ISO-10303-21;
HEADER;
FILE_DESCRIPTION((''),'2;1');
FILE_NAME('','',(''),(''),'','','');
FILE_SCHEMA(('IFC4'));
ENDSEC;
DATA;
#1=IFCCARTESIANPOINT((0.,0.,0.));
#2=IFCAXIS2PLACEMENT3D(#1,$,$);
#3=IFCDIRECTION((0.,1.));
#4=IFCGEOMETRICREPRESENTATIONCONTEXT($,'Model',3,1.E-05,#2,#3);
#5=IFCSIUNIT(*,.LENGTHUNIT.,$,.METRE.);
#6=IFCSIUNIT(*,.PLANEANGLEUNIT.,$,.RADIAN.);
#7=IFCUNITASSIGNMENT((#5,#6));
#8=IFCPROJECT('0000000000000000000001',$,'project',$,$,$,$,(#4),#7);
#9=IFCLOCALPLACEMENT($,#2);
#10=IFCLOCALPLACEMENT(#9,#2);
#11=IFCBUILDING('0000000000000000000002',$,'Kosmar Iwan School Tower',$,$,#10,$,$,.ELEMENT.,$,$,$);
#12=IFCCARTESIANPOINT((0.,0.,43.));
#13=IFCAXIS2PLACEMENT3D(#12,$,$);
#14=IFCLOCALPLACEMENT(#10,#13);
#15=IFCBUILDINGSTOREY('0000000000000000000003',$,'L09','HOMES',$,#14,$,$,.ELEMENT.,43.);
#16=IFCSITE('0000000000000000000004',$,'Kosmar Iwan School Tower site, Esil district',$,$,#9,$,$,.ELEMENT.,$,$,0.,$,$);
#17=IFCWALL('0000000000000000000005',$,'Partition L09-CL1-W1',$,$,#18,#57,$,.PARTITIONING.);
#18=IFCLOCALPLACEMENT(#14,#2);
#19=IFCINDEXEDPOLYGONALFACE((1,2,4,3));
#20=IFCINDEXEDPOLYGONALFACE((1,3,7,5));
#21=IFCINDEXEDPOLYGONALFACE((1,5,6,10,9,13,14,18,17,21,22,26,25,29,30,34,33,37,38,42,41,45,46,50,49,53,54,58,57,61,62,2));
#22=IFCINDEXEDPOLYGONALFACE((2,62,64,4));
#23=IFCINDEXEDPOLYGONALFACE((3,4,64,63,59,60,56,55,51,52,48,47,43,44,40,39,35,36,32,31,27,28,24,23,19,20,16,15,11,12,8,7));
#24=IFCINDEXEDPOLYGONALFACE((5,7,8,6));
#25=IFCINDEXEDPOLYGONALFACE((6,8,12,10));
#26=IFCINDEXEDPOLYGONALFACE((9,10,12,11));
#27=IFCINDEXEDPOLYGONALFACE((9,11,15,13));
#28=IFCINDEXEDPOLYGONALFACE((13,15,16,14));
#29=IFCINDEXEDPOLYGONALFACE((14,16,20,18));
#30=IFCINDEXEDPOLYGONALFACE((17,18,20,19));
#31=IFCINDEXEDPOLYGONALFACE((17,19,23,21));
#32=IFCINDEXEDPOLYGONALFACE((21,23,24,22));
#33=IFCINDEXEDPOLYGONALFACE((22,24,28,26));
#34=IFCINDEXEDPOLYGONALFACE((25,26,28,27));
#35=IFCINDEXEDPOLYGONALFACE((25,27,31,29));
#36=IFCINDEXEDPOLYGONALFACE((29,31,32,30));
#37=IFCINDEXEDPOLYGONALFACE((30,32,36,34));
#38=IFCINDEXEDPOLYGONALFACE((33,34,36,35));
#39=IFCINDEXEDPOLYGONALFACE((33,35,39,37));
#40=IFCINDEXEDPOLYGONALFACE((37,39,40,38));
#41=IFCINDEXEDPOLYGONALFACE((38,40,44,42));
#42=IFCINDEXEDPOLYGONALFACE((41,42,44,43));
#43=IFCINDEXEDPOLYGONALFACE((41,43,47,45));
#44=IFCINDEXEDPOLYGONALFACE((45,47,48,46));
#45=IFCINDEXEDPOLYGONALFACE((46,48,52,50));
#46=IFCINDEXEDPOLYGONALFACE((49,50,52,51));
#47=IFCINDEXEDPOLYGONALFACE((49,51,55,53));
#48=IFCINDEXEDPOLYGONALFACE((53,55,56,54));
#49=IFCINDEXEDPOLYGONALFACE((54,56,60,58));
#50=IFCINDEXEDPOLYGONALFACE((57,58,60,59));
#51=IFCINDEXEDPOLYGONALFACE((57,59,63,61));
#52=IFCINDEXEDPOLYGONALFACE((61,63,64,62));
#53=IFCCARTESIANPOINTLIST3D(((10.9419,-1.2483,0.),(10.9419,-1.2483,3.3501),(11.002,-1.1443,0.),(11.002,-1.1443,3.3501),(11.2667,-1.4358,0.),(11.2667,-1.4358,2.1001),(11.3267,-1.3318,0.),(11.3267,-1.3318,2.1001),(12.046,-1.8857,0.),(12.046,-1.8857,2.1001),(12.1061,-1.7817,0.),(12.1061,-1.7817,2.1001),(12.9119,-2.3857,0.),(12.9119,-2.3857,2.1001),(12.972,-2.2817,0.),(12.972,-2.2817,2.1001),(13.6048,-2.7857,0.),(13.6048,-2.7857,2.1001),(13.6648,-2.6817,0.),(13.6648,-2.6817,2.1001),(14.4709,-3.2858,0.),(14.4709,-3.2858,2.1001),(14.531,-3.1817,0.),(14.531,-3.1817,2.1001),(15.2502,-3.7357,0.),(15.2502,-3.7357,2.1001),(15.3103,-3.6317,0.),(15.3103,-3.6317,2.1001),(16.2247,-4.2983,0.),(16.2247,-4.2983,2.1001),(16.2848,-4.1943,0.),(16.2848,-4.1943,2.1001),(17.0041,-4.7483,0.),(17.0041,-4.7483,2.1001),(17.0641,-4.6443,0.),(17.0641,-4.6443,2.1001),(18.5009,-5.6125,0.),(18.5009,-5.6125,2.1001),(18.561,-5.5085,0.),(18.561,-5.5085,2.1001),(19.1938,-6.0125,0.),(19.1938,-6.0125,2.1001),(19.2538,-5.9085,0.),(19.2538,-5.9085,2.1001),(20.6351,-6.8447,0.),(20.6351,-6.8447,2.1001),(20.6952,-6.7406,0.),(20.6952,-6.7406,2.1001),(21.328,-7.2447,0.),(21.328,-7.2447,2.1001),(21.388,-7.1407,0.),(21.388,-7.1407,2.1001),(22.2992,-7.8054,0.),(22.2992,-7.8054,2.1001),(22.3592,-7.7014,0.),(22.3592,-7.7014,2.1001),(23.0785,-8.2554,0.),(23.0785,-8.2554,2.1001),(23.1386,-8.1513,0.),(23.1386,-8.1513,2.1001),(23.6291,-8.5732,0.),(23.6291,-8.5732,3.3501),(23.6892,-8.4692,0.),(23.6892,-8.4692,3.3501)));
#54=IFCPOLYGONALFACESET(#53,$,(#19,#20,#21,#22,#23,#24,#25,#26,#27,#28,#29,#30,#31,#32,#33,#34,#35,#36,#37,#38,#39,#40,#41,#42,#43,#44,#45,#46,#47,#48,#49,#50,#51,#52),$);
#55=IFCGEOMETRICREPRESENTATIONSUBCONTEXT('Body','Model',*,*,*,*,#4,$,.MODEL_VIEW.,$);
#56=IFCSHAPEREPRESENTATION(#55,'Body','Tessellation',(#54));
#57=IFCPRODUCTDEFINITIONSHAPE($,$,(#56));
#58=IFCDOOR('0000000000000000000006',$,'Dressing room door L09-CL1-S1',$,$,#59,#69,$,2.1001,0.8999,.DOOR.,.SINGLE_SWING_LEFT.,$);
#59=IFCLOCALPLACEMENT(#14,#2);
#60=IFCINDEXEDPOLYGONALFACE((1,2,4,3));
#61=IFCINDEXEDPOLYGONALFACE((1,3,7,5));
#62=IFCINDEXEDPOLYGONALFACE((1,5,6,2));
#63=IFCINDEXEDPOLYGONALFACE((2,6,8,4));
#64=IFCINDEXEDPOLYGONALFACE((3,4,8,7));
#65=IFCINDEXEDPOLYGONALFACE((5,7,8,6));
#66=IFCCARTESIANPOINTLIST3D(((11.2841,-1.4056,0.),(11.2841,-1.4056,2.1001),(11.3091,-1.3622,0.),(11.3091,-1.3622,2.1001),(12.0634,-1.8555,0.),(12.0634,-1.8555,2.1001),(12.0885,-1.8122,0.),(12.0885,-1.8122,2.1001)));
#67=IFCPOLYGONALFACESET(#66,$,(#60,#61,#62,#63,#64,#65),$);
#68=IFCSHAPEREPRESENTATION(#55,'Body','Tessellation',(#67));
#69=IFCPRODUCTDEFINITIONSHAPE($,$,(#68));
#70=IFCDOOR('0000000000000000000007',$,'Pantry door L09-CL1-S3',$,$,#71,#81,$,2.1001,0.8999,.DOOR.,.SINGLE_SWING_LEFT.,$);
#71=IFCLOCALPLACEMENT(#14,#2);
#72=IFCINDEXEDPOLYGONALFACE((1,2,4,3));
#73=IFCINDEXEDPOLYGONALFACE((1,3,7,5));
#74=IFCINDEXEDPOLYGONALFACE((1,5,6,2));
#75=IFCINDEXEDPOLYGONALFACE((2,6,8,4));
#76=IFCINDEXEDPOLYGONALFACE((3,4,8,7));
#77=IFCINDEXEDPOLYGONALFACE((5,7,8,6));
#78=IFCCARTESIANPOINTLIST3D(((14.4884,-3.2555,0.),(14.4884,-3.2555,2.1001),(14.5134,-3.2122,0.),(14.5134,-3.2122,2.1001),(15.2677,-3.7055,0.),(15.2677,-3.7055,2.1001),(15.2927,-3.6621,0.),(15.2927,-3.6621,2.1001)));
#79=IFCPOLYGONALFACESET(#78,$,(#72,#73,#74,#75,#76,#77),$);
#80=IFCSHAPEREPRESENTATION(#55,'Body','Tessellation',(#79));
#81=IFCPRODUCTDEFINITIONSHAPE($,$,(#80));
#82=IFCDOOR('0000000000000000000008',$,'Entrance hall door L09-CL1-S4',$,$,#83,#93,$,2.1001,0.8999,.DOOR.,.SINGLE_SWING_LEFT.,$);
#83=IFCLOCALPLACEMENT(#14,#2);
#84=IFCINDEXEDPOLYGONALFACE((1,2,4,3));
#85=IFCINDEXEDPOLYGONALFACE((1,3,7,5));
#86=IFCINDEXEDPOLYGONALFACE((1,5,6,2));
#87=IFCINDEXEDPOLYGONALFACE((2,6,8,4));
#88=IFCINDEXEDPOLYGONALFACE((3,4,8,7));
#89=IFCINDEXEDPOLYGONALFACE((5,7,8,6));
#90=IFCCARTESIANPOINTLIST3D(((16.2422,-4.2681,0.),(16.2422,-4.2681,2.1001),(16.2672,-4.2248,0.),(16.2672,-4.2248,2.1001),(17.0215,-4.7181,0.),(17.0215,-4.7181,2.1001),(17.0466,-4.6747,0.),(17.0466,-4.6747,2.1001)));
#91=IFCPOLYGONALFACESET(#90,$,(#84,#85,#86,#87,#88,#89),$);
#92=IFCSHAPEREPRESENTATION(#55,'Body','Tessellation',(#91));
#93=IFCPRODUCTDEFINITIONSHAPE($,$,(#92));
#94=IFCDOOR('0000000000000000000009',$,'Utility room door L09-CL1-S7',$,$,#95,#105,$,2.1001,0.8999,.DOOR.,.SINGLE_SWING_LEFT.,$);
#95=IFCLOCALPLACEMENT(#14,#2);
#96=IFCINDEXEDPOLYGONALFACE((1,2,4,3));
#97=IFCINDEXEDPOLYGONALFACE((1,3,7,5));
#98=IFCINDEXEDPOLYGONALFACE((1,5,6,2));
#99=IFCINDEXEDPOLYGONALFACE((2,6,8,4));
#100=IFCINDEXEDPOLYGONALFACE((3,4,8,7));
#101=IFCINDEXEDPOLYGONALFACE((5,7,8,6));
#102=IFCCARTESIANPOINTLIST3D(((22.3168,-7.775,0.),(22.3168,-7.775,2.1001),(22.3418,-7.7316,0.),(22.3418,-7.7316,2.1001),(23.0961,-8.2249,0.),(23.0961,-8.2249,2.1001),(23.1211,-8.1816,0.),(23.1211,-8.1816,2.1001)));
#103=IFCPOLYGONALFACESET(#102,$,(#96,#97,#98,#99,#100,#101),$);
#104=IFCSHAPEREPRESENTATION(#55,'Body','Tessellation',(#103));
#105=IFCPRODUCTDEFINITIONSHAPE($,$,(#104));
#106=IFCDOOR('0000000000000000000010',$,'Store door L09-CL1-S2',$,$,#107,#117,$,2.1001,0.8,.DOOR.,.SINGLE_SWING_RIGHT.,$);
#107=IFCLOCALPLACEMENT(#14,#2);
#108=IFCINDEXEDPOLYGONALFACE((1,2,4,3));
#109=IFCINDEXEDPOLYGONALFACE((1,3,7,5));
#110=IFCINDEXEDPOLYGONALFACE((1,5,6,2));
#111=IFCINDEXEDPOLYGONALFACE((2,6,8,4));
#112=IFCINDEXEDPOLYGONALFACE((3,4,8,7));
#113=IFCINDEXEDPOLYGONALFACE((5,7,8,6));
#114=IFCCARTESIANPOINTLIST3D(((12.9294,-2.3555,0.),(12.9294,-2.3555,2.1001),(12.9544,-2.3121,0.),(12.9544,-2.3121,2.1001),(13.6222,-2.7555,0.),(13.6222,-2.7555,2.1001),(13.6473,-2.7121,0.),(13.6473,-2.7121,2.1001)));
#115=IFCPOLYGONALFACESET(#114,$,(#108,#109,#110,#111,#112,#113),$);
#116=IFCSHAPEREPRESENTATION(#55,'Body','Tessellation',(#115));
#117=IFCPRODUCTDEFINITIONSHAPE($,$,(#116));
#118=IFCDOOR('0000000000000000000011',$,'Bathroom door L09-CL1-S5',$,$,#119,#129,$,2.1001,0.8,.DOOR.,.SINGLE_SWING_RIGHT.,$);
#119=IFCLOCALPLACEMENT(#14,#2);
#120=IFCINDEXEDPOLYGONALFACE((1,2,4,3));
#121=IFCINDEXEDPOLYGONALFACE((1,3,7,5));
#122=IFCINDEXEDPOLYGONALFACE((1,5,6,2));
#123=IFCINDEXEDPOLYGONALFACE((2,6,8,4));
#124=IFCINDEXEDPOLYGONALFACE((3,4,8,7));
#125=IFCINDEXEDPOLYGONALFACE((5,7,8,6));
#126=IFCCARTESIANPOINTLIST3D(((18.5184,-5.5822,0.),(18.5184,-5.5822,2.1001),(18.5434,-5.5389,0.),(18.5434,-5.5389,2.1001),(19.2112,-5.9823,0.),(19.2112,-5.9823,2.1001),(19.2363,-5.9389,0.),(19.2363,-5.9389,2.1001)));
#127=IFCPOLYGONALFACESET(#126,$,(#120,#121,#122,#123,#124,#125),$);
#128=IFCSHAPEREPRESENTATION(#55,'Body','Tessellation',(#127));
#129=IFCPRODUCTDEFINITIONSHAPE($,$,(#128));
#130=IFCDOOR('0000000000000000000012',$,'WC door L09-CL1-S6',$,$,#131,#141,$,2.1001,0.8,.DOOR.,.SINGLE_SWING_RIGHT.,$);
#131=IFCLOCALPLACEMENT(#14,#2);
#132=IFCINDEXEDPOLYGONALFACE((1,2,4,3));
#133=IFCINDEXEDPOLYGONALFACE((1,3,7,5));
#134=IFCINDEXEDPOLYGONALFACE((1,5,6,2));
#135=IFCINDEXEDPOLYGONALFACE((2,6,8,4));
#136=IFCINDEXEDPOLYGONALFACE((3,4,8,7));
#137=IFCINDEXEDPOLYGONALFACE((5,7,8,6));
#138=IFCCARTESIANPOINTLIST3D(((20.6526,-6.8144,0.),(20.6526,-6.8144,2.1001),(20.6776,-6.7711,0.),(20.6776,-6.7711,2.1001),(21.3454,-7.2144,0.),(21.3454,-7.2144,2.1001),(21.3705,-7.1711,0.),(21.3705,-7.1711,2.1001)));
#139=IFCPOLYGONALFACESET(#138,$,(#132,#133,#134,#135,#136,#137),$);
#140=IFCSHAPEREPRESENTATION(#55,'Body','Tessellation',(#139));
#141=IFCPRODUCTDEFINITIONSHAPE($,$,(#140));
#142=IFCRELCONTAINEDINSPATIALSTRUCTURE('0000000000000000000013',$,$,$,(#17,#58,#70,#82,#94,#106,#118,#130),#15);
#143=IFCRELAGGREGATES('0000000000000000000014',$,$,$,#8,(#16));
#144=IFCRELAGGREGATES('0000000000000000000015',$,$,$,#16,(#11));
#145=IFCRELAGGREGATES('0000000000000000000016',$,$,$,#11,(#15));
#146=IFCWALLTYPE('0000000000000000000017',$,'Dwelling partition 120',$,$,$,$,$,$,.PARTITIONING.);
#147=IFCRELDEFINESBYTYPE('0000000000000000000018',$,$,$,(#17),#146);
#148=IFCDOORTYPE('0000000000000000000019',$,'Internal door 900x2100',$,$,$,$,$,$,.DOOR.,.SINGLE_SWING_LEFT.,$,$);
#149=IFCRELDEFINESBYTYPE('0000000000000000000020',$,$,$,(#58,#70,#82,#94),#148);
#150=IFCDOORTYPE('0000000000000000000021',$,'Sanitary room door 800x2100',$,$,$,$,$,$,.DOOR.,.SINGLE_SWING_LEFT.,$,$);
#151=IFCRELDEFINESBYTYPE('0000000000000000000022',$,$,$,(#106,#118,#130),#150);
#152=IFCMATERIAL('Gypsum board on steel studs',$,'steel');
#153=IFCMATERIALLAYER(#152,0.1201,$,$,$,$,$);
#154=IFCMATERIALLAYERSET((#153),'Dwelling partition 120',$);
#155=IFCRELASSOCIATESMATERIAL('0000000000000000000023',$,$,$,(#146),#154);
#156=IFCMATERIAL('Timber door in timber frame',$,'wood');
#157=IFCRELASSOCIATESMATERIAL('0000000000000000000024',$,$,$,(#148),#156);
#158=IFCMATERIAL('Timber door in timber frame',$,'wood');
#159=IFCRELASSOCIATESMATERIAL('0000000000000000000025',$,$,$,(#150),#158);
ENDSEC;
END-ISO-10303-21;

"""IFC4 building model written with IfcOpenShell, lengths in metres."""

from ifc_helpers import new_model, si_unit, direction, frame, frame_2d, origin, place, context, subcontext, project, spatial, rectangle, extrude, material, layer, layer_set, type_object, element, fill, save


model = new_model("IFC4")

# Units and contexts
model_context = context("Model", 3, precision=1e-05, world=origin(), true_north=direction((0.0, 1.0)))
body_context = subcontext(model_context, "Body", "Model", "MODEL_VIEW")
ifc_project = project(units=[si_unit("LENGTHUNIT", "METRE"), si_unit("PLANEANGLEUNIT", "RADIAN")], contexts=[model_context])

# Site, building, storey
site_placement = place(None, origin())
site = spatial("IfcSite", under=ifc_project, at=site_placement, Name="Kosmar Iwan School Tower site, Esil district", CompositionType="ELEMENT", RefElevation=0.0)
building_placement = place(site_placement, origin())
building = spatial("IfcBuilding", under=site, at=building_placement, Name="Kosmar Iwan School Tower", CompositionType="ELEMENT")
storey_placement = place(building_placement, frame((0.0, 0.0, 43.0)))
storey = spatial("IfcBuildingStorey", under=building, at=storey_placement, Name="L09", Description="HOMES", CompositionType="ELEMENT", Elevation=43.0)

# Wall, openings, doors
ifc_material_1 = material(Name="Gypsum board on steel studs", Category="steel")
ifc_layer_1 = layer(ifc_material_1, 0.1201)
ifc_layer_set_1 = layer_set([ifc_layer_1], Name="Dwelling partition 120")
wall_type_1 = type_object("IfcWallType", Name="Dwelling partition 120", PredefinedType="PARTITIONING", material=ifc_layer_set_1)
wall_1_placement = place(storey_placement, frame((10.9719, -1.1963, 0.0), z_axis=(0.0, 0.0, 1.0), x_axis=(0.866027, -0.499998, 0.0)))
wall_1 = element("IfcWall", 1, at=wall_1_placement, inside=storey, type_object=wall_type_1, Name="Partition L09-CL1-W1", PredefinedType="PARTITIONING", context=body_context, shape_type="SweptSolid", body=[
    extrude(rectangle(XDim=14.6499, YDim=0.1201, at=frame_2d((7.325, 0.0))), origin(), (0.0, 0.0, 1.0), 3.3501),
])
opening_1_placement = place(wall_1_placement, frame((0.375, 0.0, 0.0)))
opening_1 = element("IfcOpeningElement", 2, at=opening_1_placement, cuts=wall_1, PredefinedType="OPENING", context=body_context, shape_type="SweptSolid", body=[
    extrude(rectangle(XDim=0.8999, YDim=2.1001, at=frame_2d((0.45, 1.05))), frame((0.0, 0.072, 0.0), z_axis=(0.0, -1.0, 0.0), x_axis=(1.0, 0.0, 0.0)), (0.0, 0.0, 1.0), 0.144),
])
opening_2_placement = place(wall_1_placement, frame((2.2749, 0.0, 0.0)))
opening_2 = element("IfcOpeningElement", 3, at=opening_2_placement, cuts=wall_1, PredefinedType="OPENING", context=body_context, shape_type="SweptSolid", body=[
    extrude(rectangle(XDim=0.8, YDim=2.1001, at=frame_2d((0.3999, 1.05))), frame((0.0, 0.072, 0.0), z_axis=(0.0, -1.0, 0.0), x_axis=(1.0, 0.0, 0.0)), (0.0, 0.0, 1.0), 0.144),
])
opening_3_placement = place(wall_1_placement, frame((4.075, 0.0, 0.0)))
opening_3 = element("IfcOpeningElement", 4, at=opening_3_placement, cuts=wall_1, PredefinedType="OPENING", context=body_context, shape_type="SweptSolid", body=[
    extrude(rectangle(XDim=0.8999, YDim=2.1001, at=frame_2d((0.45, 1.05))), frame((0.0, 0.072, 0.0), z_axis=(0.0, -1.0, 0.0), x_axis=(1.0, 0.0, 0.0)), (0.0, 0.0, 1.0), 0.144),
])
opening_4_placement = place(wall_1_placement, frame((6.1001, 0.0, 0.0)))
opening_4 = element("IfcOpeningElement", 5, at=opening_4_placement, cuts=wall_1, PredefinedType="OPENING", context=body_context, shape_type="SweptSolid", body=[
    extrude(rectangle(XDim=0.8999, YDim=2.1001, at=frame_2d((0.45, 1.05))), frame((0.0, 0.072, 0.0), z_axis=(0.0, -1.0, 0.0), x_axis=(1.0, 0.0, 0.0)), (0.0, 0.0, 1.0), 0.144),
])
opening_5_placement = place(wall_1_placement, frame((8.7285, 0.0, 0.0)))
opening_5 = element("IfcOpeningElement", 6, at=opening_5_placement, cuts=wall_1, PredefinedType="OPENING", context=body_context, shape_type="SweptSolid", body=[
    extrude(rectangle(XDim=0.8, YDim=2.1001, at=frame_2d((0.3999, 1.05))), frame((0.0, 0.072, 0.0), z_axis=(0.0, -1.0, 0.0), x_axis=(1.0, 0.0, 0.0)), (0.0, 0.0, 1.0), 0.144),
])
opening_6_placement = place(wall_1_placement, frame((11.1929, 0.0, 0.0)))
opening_6 = element("IfcOpeningElement", 7, at=opening_6_placement, cuts=wall_1, PredefinedType="OPENING", context=body_context, shape_type="SweptSolid", body=[
    extrude(rectangle(XDim=0.8, YDim=2.1001, at=frame_2d((0.3999, 1.05))), frame((0.0, 0.072, 0.0), z_axis=(0.0, -1.0, 0.0), x_axis=(1.0, 0.0, 0.0)), (0.0, 0.0, 1.0), 0.144),
])
opening_7_placement = place(wall_1_placement, frame((13.1143, 0.0, 0.0)))
opening_7 = element("IfcOpeningElement", 8, at=opening_7_placement, cuts=wall_1, PredefinedType="OPENING", context=body_context, shape_type="SweptSolid", body=[
    extrude(rectangle(XDim=0.8999, YDim=2.1001, at=frame_2d((0.45, 1.05))), frame((0.0, 0.072, 0.0), z_axis=(0.0, -1.0, 0.0), x_axis=(1.0, 0.0, 0.0)), (0.0, 0.0, 1.0), 0.144),
])
ifc_material_2 = material(Name="Timber door in timber frame", Category="wood")
door_type_1 = type_object("IfcDoorType", Name="Internal door 900x2100", OperationType="SINGLE_SWING_LEFT", PredefinedType="DOOR", material=ifc_material_2)
door_1_placement = place(opening_1_placement, origin())
door_1 = element("IfcDoor", 9, at=door_1_placement, inside=storey, type_object=door_type_1, Name="Dressing room door L09-CL1-S1", OperationType="SINGLE_SWING_LEFT", OverallHeight=2.1001, OverallWidth=0.8999, PredefinedType="DOOR", context=body_context, shape_type="SweptSolid", body=[
    extrude(rectangle(XDim=0.8999, YDim=2.1001, at=frame_2d((0.45, 1.05))), frame((0.0, 0.0249, 0.0), z_axis=(0.0, -1.0, 0.0), x_axis=(1.0, 0.0, 0.0)), (0.0, 0.0, 1.0), 0.05),
])
fill(opening_1, door_1)
door_2_placement = place(opening_3_placement, origin())
door_2 = element("IfcDoor", 10, at=door_2_placement, inside=storey, type_object=door_type_1, Name="Pantry door L09-CL1-S3", OperationType="SINGLE_SWING_LEFT", OverallHeight=2.1001, OverallWidth=0.8999, PredefinedType="DOOR", context=body_context, shape_type="SweptSolid", body=[
    extrude(rectangle(XDim=0.8999, YDim=2.1001, at=frame_2d((0.45, 1.05))), frame((0.0, 0.0249, 0.0), z_axis=(0.0, -1.0, 0.0), x_axis=(1.0, 0.0, 0.0)), (0.0, 0.0, 1.0), 0.05),
])
fill(opening_3, door_2)
door_3_placement = place(opening_4_placement, origin())
door_3 = element("IfcDoor", 11, at=door_3_placement, inside=storey, type_object=door_type_1, Name="Entrance hall door L09-CL1-S4", OperationType="SINGLE_SWING_LEFT", OverallHeight=2.1001, OverallWidth=0.8999, PredefinedType="DOOR", context=body_context, shape_type="SweptSolid", body=[
    extrude(rectangle(XDim=0.8999, YDim=2.1001, at=frame_2d((0.45, 1.05))), frame((0.0, 0.0249, 0.0), z_axis=(0.0, -1.0, 0.0), x_axis=(1.0, 0.0, 0.0)), (0.0, 0.0, 1.0), 0.05),
])
fill(opening_4, door_3)
door_4_placement = place(opening_7_placement, frame((0.8999, 0.0, 0.0), z_axis=(0.0, 0.0, 1.0), x_axis=(-1.0, 0.0, 0.0)))
door_4 = element("IfcDoor", 12, at=door_4_placement, inside=storey, type_object=door_type_1, Name="Utility room door L09-CL1-S7", OperationType="SINGLE_SWING_LEFT", OverallHeight=2.1001, OverallWidth=0.8999, PredefinedType="DOOR", context=body_context, shape_type="SweptSolid", body=[
    extrude(rectangle(XDim=0.8999, YDim=2.1001, at=frame_2d((0.45, 1.05))), frame((0.0, 0.0249, 0.0), z_axis=(0.0, -1.0, 0.0), x_axis=(1.0, 0.0, 0.0)), (0.0, 0.0, 1.0), 0.05),
])
fill(opening_7, door_4)
ifc_material_3 = material(Name="Timber door in timber frame", Category="wood")
door_type_2 = type_object("IfcDoorType", Name="Sanitary room door 800x2100", OperationType="SINGLE_SWING_LEFT", PredefinedType="DOOR", material=ifc_material_3)
door_5_placement = place(opening_2_placement, origin())
door_5 = element("IfcDoor", 13, at=door_5_placement, inside=storey, type_object=door_type_2, Name="Store door L09-CL1-S2", OperationType="SINGLE_SWING_RIGHT", OverallHeight=2.1001, OverallWidth=0.8, PredefinedType="DOOR", context=body_context, shape_type="SweptSolid", body=[
    extrude(rectangle(XDim=0.8, YDim=2.1001, at=frame_2d((0.3999, 1.05))), frame((0.0, 0.0249, 0.0), z_axis=(0.0, -1.0, 0.0), x_axis=(1.0, 0.0, 0.0)), (0.0, 0.0, 1.0), 0.05),
])
fill(opening_2, door_5)
door_6_placement = place(opening_5_placement, origin())
door_6 = element("IfcDoor", 14, at=door_6_placement, inside=storey, type_object=door_type_2, Name="Bathroom door L09-CL1-S5", OperationType="SINGLE_SWING_RIGHT", OverallHeight=2.1001, OverallWidth=0.8, PredefinedType="DOOR", context=body_context, shape_type="SweptSolid", body=[
    extrude(rectangle(XDim=0.8, YDim=2.1001, at=frame_2d((0.3999, 1.05))), frame((0.0, 0.0249, 0.0), z_axis=(0.0, -1.0, 0.0), x_axis=(1.0, 0.0, 0.0)), (0.0, 0.0, 1.0), 0.05),
])
fill(opening_5, door_6)
door_7_placement = place(opening_6_placement, origin())
door_7 = element("IfcDoor", 15, at=door_7_placement, inside=storey, type_object=door_type_2, Name="WC door L09-CL1-S6", OperationType="SINGLE_SWING_RIGHT", OverallHeight=2.1001, OverallWidth=0.8, PredefinedType="DOOR", context=body_context, shape_type="SweptSolid", body=[
    extrude(rectangle(XDim=0.8, YDim=2.1001, at=frame_2d((0.3999, 1.05))), frame((0.0, 0.0249, 0.0), z_axis=(0.0, -1.0, 0.0), x_axis=(1.0, 0.0, 0.0)), (0.0, 0.0, 1.0), 0.05),
])
fill(opening_6, door_7)

save(model, "model.ifc")
